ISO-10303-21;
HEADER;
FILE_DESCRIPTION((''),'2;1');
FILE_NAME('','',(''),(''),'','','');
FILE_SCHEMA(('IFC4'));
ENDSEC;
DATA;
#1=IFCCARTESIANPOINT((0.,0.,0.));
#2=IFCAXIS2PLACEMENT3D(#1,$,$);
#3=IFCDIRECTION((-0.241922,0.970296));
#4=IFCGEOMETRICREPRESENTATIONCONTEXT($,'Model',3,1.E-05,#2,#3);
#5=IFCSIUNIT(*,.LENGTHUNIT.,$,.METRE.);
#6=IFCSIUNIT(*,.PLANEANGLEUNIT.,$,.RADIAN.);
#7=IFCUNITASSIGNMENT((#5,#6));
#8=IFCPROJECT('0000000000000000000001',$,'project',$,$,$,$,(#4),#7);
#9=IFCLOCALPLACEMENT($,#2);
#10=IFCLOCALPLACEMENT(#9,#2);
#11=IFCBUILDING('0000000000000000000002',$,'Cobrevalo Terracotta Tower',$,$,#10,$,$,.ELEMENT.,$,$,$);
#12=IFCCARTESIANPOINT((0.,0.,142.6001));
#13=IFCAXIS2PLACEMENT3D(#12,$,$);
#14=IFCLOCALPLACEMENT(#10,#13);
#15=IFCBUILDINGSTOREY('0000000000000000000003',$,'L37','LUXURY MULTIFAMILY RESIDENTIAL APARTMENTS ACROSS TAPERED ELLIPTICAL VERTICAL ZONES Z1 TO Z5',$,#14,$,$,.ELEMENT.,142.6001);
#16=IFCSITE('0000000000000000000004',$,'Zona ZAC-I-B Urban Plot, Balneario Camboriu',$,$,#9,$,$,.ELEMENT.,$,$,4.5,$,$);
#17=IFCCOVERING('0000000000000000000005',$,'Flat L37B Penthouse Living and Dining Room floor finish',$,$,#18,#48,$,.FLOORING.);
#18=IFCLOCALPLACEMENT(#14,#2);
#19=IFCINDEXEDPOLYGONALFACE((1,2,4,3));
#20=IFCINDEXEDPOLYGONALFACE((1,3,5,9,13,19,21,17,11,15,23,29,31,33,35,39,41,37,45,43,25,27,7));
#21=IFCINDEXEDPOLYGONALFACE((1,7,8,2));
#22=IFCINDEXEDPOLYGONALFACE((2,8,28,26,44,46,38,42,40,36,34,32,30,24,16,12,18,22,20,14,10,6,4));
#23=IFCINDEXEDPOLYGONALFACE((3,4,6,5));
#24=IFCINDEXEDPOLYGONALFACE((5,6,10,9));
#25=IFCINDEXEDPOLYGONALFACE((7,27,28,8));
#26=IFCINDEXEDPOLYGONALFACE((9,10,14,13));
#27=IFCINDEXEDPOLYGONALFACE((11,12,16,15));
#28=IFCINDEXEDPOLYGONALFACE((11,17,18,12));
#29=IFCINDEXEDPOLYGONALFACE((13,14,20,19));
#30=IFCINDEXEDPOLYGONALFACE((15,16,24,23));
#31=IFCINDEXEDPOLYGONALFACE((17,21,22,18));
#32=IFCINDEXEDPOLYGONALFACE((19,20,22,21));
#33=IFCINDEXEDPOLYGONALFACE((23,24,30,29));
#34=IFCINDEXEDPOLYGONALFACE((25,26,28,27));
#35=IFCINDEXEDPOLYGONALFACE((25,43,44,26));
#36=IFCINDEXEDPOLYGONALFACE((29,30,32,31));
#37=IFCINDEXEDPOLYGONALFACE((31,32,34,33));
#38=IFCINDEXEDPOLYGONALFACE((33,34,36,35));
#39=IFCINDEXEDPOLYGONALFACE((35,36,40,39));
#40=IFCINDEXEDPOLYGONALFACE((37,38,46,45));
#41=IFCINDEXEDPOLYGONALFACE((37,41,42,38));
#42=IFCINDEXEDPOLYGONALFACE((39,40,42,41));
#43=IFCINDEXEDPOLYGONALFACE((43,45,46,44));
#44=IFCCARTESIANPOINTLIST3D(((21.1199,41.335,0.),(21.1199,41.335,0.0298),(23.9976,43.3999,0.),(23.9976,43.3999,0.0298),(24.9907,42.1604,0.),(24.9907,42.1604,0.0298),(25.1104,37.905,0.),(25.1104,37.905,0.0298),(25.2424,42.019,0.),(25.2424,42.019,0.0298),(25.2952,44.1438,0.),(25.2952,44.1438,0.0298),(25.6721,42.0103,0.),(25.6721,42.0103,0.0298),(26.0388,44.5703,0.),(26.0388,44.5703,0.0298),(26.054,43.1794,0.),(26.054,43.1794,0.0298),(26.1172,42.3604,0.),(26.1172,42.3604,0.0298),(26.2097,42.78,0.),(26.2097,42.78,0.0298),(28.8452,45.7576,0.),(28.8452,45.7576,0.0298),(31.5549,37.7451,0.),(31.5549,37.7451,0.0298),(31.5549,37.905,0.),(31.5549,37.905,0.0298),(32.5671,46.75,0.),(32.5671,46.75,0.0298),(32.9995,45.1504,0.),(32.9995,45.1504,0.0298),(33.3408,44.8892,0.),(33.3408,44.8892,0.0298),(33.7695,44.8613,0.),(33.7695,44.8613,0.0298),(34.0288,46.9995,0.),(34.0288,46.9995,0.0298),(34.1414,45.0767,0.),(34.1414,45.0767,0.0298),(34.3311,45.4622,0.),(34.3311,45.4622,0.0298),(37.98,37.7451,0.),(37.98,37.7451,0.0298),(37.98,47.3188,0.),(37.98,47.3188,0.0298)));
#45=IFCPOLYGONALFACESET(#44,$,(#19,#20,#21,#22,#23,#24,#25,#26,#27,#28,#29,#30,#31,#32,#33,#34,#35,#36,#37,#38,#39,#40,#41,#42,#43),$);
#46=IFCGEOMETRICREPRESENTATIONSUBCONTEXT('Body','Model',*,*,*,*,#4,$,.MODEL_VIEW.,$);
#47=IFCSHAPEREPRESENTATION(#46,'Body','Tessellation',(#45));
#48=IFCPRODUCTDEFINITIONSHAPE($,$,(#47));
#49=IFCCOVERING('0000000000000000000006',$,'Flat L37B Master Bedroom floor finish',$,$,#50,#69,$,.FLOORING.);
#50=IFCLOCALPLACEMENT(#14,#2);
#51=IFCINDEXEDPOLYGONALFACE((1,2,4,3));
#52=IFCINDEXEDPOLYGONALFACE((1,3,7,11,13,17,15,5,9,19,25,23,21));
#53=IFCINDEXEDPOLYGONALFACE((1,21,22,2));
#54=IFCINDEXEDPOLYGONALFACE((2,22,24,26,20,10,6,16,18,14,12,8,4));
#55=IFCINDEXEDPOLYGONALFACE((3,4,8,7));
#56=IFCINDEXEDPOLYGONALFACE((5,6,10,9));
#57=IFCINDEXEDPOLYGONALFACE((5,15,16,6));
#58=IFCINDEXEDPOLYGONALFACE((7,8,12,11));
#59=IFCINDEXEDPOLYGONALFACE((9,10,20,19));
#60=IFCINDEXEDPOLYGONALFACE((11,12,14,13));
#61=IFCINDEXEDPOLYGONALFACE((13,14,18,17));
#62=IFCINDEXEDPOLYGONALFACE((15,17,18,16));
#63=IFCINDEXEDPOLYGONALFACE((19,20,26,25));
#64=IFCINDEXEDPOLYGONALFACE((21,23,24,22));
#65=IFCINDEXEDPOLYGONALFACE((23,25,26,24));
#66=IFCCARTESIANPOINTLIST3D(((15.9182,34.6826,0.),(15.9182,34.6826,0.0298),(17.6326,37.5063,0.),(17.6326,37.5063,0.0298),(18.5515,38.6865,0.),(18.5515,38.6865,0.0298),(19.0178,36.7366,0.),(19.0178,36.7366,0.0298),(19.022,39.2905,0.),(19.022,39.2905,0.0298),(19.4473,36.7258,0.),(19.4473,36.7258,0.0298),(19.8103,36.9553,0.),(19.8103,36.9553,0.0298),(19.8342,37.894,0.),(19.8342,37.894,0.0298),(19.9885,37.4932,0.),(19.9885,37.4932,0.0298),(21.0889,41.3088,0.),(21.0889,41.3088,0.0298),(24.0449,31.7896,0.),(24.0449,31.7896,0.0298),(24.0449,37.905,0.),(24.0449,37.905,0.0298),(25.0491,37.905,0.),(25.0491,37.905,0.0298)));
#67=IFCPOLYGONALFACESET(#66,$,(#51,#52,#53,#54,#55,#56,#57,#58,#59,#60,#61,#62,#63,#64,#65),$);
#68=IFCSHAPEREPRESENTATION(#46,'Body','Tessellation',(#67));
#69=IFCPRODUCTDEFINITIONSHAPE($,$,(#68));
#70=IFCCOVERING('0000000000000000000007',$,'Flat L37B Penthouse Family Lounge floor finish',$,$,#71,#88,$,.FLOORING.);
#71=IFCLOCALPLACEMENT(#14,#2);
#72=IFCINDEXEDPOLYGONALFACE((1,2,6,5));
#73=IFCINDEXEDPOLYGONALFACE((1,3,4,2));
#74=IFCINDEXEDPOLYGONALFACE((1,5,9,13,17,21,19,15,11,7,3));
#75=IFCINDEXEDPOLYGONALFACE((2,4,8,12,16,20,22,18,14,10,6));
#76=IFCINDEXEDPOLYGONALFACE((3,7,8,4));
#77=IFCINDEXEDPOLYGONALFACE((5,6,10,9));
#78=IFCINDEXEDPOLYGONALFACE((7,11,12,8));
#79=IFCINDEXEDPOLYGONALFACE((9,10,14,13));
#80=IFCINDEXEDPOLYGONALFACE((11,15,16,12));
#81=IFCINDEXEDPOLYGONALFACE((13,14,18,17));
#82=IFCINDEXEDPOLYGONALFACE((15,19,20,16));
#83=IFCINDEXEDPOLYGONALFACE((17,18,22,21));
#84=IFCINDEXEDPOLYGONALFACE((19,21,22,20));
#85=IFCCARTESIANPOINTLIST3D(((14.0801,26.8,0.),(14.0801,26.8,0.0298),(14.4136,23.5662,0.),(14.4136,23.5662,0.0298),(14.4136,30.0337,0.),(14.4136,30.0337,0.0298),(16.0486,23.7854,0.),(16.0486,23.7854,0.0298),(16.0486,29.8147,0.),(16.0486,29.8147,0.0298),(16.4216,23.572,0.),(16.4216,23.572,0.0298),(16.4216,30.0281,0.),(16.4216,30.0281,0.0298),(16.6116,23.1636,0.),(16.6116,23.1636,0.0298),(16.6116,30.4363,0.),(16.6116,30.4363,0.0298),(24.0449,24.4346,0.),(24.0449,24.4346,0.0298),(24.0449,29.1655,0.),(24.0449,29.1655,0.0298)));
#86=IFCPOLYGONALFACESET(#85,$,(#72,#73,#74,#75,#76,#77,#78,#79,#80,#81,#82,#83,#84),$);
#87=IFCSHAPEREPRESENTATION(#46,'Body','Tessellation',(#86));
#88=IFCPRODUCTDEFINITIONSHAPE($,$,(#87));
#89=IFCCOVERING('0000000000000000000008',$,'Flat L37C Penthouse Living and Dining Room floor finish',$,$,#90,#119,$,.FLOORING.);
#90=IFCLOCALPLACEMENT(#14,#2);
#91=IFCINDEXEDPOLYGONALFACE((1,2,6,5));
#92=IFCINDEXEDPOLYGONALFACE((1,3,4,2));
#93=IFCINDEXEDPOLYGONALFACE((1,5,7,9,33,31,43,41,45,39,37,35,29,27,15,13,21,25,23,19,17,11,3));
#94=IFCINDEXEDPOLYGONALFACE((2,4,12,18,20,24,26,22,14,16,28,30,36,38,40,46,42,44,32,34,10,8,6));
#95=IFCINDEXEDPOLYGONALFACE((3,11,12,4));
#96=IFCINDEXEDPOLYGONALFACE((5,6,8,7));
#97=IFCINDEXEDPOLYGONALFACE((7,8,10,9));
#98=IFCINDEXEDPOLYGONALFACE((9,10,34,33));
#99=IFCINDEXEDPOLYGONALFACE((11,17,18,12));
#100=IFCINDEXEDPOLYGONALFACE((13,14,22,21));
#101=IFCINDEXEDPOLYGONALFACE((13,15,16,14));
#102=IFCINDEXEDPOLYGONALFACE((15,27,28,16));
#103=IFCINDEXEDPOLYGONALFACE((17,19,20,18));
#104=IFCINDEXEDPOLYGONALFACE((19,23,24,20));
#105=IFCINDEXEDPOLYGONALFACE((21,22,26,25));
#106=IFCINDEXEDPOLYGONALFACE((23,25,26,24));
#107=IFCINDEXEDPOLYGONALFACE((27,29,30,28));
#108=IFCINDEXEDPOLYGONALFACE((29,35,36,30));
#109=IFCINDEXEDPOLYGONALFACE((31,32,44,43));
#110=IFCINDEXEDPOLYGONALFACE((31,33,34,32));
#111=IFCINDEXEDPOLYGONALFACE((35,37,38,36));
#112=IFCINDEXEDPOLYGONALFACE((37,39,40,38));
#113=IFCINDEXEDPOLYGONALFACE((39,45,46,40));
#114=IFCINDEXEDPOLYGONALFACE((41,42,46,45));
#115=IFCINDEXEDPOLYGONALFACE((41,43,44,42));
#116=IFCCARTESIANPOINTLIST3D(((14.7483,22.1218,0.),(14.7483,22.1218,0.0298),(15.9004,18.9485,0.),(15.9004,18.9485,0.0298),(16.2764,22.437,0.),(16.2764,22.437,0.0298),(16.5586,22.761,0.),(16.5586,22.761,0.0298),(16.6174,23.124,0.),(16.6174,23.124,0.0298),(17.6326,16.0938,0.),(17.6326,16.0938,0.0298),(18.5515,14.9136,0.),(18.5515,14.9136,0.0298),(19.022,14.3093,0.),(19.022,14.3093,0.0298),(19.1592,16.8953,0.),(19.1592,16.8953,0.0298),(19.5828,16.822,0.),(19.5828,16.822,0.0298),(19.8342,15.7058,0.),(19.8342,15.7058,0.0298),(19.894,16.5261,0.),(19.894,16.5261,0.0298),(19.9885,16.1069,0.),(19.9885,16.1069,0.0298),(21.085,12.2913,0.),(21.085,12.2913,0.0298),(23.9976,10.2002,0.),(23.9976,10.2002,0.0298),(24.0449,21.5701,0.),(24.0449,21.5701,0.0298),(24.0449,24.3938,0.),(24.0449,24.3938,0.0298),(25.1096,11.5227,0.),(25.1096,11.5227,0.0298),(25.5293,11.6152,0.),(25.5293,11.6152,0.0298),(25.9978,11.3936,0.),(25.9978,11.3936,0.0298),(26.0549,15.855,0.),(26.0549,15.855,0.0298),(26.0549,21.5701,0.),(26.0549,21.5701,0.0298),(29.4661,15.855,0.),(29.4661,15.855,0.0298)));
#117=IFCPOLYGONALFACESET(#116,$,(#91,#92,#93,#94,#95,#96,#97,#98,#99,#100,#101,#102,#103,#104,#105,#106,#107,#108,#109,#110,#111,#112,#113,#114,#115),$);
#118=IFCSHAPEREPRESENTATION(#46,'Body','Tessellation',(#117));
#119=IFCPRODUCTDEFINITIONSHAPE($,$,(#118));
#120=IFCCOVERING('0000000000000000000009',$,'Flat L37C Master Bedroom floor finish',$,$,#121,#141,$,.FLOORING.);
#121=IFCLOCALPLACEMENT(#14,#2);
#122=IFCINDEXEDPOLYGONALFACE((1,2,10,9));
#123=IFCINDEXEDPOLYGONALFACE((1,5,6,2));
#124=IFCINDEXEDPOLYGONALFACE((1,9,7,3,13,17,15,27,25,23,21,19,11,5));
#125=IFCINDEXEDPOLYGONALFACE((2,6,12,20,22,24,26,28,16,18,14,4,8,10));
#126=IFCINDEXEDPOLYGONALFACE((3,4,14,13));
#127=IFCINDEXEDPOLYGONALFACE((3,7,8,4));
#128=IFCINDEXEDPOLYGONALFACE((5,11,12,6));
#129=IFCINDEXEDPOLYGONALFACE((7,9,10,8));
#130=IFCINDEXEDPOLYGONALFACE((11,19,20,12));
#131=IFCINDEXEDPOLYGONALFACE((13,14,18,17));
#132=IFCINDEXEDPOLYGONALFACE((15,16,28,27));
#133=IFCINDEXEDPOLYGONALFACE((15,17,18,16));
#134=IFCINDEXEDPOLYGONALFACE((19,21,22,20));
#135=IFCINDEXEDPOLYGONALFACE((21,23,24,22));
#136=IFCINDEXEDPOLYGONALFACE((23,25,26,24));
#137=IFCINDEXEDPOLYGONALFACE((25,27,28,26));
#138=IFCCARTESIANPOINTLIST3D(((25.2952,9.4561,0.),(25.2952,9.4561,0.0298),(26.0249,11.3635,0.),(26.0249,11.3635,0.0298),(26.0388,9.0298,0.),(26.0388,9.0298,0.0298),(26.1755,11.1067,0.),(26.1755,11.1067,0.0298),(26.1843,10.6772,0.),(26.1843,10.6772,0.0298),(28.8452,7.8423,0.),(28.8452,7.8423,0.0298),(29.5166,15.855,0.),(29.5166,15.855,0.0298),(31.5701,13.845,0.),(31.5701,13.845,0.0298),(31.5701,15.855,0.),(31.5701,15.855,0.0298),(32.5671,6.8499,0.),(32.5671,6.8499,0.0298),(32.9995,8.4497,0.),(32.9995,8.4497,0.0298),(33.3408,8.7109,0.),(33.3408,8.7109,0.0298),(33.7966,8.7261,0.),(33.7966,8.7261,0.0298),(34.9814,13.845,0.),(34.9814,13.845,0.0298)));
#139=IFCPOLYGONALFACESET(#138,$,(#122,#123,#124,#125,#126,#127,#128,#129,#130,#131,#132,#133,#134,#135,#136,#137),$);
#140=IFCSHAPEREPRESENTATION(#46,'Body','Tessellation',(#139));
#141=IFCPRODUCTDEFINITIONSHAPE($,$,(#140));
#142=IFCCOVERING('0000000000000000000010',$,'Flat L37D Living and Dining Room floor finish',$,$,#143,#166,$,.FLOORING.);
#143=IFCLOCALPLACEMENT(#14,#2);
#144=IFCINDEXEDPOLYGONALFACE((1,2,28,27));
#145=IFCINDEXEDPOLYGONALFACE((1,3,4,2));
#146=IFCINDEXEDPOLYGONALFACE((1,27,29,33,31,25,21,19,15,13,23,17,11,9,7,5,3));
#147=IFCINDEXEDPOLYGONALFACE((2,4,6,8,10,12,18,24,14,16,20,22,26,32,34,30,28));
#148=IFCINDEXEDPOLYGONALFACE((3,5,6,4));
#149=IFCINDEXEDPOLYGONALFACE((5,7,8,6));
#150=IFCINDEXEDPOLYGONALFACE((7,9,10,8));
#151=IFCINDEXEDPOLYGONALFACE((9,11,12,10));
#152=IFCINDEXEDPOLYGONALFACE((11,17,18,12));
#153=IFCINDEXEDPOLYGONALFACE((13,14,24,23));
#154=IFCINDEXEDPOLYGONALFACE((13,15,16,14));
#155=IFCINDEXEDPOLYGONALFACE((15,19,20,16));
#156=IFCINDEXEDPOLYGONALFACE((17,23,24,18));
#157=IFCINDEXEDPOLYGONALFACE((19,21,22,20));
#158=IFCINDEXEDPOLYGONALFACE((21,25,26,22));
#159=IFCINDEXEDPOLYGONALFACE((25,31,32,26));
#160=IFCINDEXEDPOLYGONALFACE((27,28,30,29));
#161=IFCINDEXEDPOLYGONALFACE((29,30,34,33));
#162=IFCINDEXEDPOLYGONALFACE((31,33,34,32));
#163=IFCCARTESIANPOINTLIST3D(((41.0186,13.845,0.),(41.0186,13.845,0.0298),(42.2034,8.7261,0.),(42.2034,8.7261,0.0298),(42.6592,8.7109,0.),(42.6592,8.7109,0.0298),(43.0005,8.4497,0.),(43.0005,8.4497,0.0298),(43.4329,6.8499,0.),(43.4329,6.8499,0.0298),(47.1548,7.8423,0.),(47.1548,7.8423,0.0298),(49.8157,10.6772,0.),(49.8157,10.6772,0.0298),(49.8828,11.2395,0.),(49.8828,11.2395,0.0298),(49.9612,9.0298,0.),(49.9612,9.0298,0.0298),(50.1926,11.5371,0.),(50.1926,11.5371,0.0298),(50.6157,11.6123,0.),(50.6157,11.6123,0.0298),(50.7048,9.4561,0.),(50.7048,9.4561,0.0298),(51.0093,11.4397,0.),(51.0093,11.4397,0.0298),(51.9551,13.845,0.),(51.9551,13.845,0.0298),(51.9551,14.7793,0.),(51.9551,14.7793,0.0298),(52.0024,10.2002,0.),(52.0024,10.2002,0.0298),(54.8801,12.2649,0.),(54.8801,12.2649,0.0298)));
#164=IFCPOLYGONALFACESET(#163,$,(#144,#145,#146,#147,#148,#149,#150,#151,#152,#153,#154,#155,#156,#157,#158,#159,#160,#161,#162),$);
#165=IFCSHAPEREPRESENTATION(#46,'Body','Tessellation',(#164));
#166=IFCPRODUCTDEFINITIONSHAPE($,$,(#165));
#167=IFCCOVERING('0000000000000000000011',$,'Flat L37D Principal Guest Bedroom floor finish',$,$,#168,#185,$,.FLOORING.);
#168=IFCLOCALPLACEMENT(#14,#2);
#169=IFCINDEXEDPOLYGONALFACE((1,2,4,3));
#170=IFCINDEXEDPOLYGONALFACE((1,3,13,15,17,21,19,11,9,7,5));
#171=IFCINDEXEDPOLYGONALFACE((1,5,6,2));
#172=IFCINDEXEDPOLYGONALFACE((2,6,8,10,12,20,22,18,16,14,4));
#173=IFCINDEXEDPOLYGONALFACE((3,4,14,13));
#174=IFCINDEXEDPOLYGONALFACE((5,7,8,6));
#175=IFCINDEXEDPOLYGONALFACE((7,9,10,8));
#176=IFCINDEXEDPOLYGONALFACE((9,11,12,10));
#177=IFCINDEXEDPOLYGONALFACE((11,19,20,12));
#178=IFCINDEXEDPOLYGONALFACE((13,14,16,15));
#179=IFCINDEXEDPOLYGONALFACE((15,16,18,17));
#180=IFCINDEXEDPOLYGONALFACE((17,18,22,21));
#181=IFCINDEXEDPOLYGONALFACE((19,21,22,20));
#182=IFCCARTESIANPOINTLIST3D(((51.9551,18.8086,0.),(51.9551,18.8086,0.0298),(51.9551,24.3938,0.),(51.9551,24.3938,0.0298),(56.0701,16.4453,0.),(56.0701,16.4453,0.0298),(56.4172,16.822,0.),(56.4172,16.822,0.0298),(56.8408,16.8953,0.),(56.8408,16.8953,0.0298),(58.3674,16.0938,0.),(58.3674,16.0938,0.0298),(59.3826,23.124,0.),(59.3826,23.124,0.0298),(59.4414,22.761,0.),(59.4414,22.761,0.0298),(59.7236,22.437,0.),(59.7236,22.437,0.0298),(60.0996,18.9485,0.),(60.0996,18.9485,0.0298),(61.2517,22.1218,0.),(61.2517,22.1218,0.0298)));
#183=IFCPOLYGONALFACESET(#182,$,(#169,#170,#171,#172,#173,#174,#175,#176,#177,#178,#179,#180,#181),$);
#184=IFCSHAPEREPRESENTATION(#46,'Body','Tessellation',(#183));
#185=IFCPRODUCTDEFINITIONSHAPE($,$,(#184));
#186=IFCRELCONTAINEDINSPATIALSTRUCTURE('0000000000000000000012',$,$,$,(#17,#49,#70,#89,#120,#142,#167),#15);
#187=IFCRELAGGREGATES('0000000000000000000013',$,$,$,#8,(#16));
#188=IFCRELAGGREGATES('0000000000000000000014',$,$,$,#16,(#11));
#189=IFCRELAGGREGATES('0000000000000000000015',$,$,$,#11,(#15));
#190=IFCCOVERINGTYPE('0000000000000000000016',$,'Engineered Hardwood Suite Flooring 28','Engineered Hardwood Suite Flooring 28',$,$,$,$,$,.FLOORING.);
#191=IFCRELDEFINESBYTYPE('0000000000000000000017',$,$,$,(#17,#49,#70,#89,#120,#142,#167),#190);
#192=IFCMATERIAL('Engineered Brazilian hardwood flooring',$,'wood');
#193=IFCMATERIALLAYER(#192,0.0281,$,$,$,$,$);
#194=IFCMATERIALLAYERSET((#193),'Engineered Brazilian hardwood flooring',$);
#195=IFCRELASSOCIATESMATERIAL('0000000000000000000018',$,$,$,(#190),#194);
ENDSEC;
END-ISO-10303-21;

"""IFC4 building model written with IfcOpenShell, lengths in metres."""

from ifc_helpers import new_model, si_unit, direction, frame, origin, place, context, subcontext, project, spatial, polyline, outline, extrude, material, layer, layer_set, type_object, element, save


model = new_model("IFC4")

# Units and contexts
model_context = context("Model", 3, precision=1e-05, world=origin(), true_north=direction((-0.241922, 0.970296)))
body_context = subcontext(model_context, "Body", "Model", "MODEL_VIEW")
ifc_project = project(units=[si_unit("LENGTHUNIT", "METRE"), si_unit("PLANEANGLEUNIT", "RADIAN")], contexts=[model_context])

# Site, building, storey
site_placement = place(None, origin())
site = spatial("IfcSite", under=ifc_project, at=site_placement, Name="Zona ZAC-I-B Urban Plot, Balneario Camboriu", CompositionType="ELEMENT", RefElevation=4.5)
building_placement = place(site_placement, origin())
building = spatial("IfcBuilding", under=site, at=building_placement, Name="Cobrevalo Terracotta Tower", CompositionType="ELEMENT")
storey_placement = place(building_placement, frame((0.0, 0.0, 142.6001)))
storey = spatial("IfcBuildingStorey", under=building, at=storey_placement, Name="L37", Description="LUXURY MULTIFAMILY RESIDENTIAL APARTMENTS ACROSS TAPERED ELLIPTICAL VERTICAL ZONES Z1 TO Z5", CompositionType="ELEMENT", Elevation=142.6001)

# Coverings
ifc_material_1 = material(Name="Engineered Brazilian hardwood flooring", Category="wood")
ifc_layer_1 = layer(ifc_material_1, 0.0281)
ifc_layer_set_1 = layer_set([ifc_layer_1], Name="Engineered Brazilian hardwood flooring")
covering_type_1 = type_object("IfcCoveringType", Name="Engineered Hardwood Suite Flooring 28", Description="Engineered Hardwood Suite Flooring 28", PredefinedType="FLOORING", material=ifc_layer_set_1)
covering_1_placement = place(storey_placement, origin())
element("IfcCovering", 1, at=covering_1_placement, inside=storey, type_object=covering_type_1, Name="Flat L37B Penthouse Living and Dining Room floor finish", PredefinedType="FLOORING", context=body_context, shape_type="SweptSolid", body=[
    extrude(outline(polyline([(23.9976, 43.3999), (24.9907, 42.1604), (25.2424, 42.019), (25.6721, 42.0103), (26.1172, 42.3604), (26.2097, 42.78), (26.054, 43.1794), (25.2952, 44.1438), (26.0388, 44.5703), (28.8452, 45.7576), (32.5671, 46.75), (32.9995, 45.1504), (33.3408, 44.8892), (33.7695, 44.8613), (34.1414, 45.0767), (34.3311, 45.4622), (34.0288, 46.9995), (37.98, 47.3188), (37.98, 37.7451), (31.5549, 37.7451), (31.5549, 37.905), (25.1104, 37.905), (21.1199, 41.335), (23.9976, 43.3999)])), origin(), (0.0, 0.0, 1.0), 0.0298),
])
covering_2_placement = place(storey_placement, origin())
element("IfcCovering", 2, at=covering_2_placement, inside=storey, type_object=covering_type_1, Name="Flat L37B Master Bedroom floor finish", PredefinedType="FLOORING", context=body_context, shape_type="SweptSolid", body=[
    extrude(outline(polyline([(17.6326, 37.5063), (19.0178, 36.7366), (19.4473, 36.7258), (19.8103, 36.9553), (19.9885, 37.4932), (19.8342, 37.894), (18.5515, 38.6865), (19.022, 39.2905), (21.0889, 41.3088), (25.0491, 37.905), (24.0449, 37.905), (24.0449, 31.7896), (15.9182, 34.6826), (17.6326, 37.5063)])), origin(), (0.0, 0.0, 1.0), 0.0298),
])
covering_3_placement = place(storey_placement, origin())
element("IfcCovering", 3, at=covering_3_placement, inside=storey, type_object=covering_type_1, Name="Flat L37B Penthouse Family Lounge floor finish", PredefinedType="FLOORING", context=body_context, shape_type="SweptSolid", body=[
    extrude(outline(polyline([(14.4136, 30.0337), (16.0486, 29.8147), (16.4216, 30.0281), (16.6116, 30.4363), (24.0449, 29.1655), (24.0449, 24.4346), (16.6116, 23.1636), (16.4216, 23.572), (16.0486, 23.7854), (14.4136, 23.5662), (14.0801, 26.8), (14.4136, 30.0337)])), origin(), (0.0, 0.0, 1.0), 0.0298),
])
covering_4_placement = place(storey_placement, origin())
element("IfcCovering", 4, at=covering_4_placement, inside=storey, type_object=covering_type_1, Name="Flat L37C Penthouse Living and Dining Room floor finish", PredefinedType="FLOORING", context=body_context, shape_type="SweptSolid", body=[
    extrude(outline(polyline([(21.085, 12.2913), (19.022, 14.3093), (18.5515, 14.9136), (19.8342, 15.7058), (19.9885, 16.1069), (19.894, 16.5261), (19.5828, 16.822), (19.1592, 16.8953), (17.6326, 16.0938), (15.9004, 18.9485), (14.7483, 22.1218), (16.2764, 22.437), (16.5586, 22.761), (16.6174, 23.124), (24.0449, 24.3938), (24.0449, 21.5701), (26.0549, 21.5701), (26.0549, 15.855), (29.4661, 15.855), (25.9978, 11.3936), (25.5293, 11.6152), (25.1096, 11.5227), (23.9976, 10.2002), (21.085, 12.2913)])), origin(), (0.0, 0.0, 1.0), 0.0298),
])
covering_5_placement = place(storey_placement, origin())
element("IfcCovering", 5, at=covering_5_placement, inside=storey, type_object=covering_type_1, Name="Flat L37C Master Bedroom floor finish", PredefinedType="FLOORING", context=body_context, shape_type="SweptSolid", body=[
    extrude(outline(polyline([(28.8452, 7.8423), (26.0388, 9.0298), (25.2952, 9.4561), (26.1843, 10.6772), (26.1755, 11.1067), (26.0249, 11.3635), (29.5166, 15.855), (31.5701, 15.855), (31.5701, 13.845), (34.9814, 13.845), (33.7966, 8.7261), (33.3408, 8.7109), (32.9995, 8.4497), (32.5671, 6.8499), (28.8452, 7.8423)])), origin(), (0.0, 0.0, 1.0), 0.0298),
])
covering_6_placement = place(storey_placement, origin())
element("IfcCovering", 6, at=covering_6_placement, inside=storey, type_object=covering_type_1, Name="Flat L37D Living and Dining Room floor finish", PredefinedType="FLOORING", context=body_context, shape_type="SweptSolid", body=[
    extrude(outline(polyline([(52.0024, 10.2002), (51.0093, 11.4397), (50.6157, 11.6123), (50.1926, 11.5371), (49.8828, 11.2395), (49.8157, 10.6772), (50.7048, 9.4561), (49.9612, 9.0298), (47.1548, 7.8423), (43.4329, 6.8499), (43.0005, 8.4497), (42.6592, 8.7109), (42.2034, 8.7261), (41.0186, 13.845), (51.9551, 13.845), (51.9551, 14.7793), (54.8801, 12.2649), (52.0024, 10.2002)])), origin(), (0.0, 0.0, 1.0), 0.0298),
])
covering_7_placement = place(storey_placement, origin())
element("IfcCovering", 7, at=covering_7_placement, inside=storey, type_object=covering_type_1, Name="Flat L37D Principal Guest Bedroom floor finish", PredefinedType="FLOORING", context=body_context, shape_type="SweptSolid", body=[
    extrude(outline(polyline([(58.3674, 16.0938), (56.8408, 16.8953), (56.4172, 16.822), (56.0701, 16.4453), (51.9551, 18.8086), (51.9551, 24.3938), (59.3826, 23.124), (59.4414, 22.761), (59.7236, 22.437), (61.2517, 22.1218), (60.0996, 18.9485), (58.3674, 16.0938)])), origin(), (0.0, 0.0, 1.0), 0.0298),
])

save(model, "model.ifc")
